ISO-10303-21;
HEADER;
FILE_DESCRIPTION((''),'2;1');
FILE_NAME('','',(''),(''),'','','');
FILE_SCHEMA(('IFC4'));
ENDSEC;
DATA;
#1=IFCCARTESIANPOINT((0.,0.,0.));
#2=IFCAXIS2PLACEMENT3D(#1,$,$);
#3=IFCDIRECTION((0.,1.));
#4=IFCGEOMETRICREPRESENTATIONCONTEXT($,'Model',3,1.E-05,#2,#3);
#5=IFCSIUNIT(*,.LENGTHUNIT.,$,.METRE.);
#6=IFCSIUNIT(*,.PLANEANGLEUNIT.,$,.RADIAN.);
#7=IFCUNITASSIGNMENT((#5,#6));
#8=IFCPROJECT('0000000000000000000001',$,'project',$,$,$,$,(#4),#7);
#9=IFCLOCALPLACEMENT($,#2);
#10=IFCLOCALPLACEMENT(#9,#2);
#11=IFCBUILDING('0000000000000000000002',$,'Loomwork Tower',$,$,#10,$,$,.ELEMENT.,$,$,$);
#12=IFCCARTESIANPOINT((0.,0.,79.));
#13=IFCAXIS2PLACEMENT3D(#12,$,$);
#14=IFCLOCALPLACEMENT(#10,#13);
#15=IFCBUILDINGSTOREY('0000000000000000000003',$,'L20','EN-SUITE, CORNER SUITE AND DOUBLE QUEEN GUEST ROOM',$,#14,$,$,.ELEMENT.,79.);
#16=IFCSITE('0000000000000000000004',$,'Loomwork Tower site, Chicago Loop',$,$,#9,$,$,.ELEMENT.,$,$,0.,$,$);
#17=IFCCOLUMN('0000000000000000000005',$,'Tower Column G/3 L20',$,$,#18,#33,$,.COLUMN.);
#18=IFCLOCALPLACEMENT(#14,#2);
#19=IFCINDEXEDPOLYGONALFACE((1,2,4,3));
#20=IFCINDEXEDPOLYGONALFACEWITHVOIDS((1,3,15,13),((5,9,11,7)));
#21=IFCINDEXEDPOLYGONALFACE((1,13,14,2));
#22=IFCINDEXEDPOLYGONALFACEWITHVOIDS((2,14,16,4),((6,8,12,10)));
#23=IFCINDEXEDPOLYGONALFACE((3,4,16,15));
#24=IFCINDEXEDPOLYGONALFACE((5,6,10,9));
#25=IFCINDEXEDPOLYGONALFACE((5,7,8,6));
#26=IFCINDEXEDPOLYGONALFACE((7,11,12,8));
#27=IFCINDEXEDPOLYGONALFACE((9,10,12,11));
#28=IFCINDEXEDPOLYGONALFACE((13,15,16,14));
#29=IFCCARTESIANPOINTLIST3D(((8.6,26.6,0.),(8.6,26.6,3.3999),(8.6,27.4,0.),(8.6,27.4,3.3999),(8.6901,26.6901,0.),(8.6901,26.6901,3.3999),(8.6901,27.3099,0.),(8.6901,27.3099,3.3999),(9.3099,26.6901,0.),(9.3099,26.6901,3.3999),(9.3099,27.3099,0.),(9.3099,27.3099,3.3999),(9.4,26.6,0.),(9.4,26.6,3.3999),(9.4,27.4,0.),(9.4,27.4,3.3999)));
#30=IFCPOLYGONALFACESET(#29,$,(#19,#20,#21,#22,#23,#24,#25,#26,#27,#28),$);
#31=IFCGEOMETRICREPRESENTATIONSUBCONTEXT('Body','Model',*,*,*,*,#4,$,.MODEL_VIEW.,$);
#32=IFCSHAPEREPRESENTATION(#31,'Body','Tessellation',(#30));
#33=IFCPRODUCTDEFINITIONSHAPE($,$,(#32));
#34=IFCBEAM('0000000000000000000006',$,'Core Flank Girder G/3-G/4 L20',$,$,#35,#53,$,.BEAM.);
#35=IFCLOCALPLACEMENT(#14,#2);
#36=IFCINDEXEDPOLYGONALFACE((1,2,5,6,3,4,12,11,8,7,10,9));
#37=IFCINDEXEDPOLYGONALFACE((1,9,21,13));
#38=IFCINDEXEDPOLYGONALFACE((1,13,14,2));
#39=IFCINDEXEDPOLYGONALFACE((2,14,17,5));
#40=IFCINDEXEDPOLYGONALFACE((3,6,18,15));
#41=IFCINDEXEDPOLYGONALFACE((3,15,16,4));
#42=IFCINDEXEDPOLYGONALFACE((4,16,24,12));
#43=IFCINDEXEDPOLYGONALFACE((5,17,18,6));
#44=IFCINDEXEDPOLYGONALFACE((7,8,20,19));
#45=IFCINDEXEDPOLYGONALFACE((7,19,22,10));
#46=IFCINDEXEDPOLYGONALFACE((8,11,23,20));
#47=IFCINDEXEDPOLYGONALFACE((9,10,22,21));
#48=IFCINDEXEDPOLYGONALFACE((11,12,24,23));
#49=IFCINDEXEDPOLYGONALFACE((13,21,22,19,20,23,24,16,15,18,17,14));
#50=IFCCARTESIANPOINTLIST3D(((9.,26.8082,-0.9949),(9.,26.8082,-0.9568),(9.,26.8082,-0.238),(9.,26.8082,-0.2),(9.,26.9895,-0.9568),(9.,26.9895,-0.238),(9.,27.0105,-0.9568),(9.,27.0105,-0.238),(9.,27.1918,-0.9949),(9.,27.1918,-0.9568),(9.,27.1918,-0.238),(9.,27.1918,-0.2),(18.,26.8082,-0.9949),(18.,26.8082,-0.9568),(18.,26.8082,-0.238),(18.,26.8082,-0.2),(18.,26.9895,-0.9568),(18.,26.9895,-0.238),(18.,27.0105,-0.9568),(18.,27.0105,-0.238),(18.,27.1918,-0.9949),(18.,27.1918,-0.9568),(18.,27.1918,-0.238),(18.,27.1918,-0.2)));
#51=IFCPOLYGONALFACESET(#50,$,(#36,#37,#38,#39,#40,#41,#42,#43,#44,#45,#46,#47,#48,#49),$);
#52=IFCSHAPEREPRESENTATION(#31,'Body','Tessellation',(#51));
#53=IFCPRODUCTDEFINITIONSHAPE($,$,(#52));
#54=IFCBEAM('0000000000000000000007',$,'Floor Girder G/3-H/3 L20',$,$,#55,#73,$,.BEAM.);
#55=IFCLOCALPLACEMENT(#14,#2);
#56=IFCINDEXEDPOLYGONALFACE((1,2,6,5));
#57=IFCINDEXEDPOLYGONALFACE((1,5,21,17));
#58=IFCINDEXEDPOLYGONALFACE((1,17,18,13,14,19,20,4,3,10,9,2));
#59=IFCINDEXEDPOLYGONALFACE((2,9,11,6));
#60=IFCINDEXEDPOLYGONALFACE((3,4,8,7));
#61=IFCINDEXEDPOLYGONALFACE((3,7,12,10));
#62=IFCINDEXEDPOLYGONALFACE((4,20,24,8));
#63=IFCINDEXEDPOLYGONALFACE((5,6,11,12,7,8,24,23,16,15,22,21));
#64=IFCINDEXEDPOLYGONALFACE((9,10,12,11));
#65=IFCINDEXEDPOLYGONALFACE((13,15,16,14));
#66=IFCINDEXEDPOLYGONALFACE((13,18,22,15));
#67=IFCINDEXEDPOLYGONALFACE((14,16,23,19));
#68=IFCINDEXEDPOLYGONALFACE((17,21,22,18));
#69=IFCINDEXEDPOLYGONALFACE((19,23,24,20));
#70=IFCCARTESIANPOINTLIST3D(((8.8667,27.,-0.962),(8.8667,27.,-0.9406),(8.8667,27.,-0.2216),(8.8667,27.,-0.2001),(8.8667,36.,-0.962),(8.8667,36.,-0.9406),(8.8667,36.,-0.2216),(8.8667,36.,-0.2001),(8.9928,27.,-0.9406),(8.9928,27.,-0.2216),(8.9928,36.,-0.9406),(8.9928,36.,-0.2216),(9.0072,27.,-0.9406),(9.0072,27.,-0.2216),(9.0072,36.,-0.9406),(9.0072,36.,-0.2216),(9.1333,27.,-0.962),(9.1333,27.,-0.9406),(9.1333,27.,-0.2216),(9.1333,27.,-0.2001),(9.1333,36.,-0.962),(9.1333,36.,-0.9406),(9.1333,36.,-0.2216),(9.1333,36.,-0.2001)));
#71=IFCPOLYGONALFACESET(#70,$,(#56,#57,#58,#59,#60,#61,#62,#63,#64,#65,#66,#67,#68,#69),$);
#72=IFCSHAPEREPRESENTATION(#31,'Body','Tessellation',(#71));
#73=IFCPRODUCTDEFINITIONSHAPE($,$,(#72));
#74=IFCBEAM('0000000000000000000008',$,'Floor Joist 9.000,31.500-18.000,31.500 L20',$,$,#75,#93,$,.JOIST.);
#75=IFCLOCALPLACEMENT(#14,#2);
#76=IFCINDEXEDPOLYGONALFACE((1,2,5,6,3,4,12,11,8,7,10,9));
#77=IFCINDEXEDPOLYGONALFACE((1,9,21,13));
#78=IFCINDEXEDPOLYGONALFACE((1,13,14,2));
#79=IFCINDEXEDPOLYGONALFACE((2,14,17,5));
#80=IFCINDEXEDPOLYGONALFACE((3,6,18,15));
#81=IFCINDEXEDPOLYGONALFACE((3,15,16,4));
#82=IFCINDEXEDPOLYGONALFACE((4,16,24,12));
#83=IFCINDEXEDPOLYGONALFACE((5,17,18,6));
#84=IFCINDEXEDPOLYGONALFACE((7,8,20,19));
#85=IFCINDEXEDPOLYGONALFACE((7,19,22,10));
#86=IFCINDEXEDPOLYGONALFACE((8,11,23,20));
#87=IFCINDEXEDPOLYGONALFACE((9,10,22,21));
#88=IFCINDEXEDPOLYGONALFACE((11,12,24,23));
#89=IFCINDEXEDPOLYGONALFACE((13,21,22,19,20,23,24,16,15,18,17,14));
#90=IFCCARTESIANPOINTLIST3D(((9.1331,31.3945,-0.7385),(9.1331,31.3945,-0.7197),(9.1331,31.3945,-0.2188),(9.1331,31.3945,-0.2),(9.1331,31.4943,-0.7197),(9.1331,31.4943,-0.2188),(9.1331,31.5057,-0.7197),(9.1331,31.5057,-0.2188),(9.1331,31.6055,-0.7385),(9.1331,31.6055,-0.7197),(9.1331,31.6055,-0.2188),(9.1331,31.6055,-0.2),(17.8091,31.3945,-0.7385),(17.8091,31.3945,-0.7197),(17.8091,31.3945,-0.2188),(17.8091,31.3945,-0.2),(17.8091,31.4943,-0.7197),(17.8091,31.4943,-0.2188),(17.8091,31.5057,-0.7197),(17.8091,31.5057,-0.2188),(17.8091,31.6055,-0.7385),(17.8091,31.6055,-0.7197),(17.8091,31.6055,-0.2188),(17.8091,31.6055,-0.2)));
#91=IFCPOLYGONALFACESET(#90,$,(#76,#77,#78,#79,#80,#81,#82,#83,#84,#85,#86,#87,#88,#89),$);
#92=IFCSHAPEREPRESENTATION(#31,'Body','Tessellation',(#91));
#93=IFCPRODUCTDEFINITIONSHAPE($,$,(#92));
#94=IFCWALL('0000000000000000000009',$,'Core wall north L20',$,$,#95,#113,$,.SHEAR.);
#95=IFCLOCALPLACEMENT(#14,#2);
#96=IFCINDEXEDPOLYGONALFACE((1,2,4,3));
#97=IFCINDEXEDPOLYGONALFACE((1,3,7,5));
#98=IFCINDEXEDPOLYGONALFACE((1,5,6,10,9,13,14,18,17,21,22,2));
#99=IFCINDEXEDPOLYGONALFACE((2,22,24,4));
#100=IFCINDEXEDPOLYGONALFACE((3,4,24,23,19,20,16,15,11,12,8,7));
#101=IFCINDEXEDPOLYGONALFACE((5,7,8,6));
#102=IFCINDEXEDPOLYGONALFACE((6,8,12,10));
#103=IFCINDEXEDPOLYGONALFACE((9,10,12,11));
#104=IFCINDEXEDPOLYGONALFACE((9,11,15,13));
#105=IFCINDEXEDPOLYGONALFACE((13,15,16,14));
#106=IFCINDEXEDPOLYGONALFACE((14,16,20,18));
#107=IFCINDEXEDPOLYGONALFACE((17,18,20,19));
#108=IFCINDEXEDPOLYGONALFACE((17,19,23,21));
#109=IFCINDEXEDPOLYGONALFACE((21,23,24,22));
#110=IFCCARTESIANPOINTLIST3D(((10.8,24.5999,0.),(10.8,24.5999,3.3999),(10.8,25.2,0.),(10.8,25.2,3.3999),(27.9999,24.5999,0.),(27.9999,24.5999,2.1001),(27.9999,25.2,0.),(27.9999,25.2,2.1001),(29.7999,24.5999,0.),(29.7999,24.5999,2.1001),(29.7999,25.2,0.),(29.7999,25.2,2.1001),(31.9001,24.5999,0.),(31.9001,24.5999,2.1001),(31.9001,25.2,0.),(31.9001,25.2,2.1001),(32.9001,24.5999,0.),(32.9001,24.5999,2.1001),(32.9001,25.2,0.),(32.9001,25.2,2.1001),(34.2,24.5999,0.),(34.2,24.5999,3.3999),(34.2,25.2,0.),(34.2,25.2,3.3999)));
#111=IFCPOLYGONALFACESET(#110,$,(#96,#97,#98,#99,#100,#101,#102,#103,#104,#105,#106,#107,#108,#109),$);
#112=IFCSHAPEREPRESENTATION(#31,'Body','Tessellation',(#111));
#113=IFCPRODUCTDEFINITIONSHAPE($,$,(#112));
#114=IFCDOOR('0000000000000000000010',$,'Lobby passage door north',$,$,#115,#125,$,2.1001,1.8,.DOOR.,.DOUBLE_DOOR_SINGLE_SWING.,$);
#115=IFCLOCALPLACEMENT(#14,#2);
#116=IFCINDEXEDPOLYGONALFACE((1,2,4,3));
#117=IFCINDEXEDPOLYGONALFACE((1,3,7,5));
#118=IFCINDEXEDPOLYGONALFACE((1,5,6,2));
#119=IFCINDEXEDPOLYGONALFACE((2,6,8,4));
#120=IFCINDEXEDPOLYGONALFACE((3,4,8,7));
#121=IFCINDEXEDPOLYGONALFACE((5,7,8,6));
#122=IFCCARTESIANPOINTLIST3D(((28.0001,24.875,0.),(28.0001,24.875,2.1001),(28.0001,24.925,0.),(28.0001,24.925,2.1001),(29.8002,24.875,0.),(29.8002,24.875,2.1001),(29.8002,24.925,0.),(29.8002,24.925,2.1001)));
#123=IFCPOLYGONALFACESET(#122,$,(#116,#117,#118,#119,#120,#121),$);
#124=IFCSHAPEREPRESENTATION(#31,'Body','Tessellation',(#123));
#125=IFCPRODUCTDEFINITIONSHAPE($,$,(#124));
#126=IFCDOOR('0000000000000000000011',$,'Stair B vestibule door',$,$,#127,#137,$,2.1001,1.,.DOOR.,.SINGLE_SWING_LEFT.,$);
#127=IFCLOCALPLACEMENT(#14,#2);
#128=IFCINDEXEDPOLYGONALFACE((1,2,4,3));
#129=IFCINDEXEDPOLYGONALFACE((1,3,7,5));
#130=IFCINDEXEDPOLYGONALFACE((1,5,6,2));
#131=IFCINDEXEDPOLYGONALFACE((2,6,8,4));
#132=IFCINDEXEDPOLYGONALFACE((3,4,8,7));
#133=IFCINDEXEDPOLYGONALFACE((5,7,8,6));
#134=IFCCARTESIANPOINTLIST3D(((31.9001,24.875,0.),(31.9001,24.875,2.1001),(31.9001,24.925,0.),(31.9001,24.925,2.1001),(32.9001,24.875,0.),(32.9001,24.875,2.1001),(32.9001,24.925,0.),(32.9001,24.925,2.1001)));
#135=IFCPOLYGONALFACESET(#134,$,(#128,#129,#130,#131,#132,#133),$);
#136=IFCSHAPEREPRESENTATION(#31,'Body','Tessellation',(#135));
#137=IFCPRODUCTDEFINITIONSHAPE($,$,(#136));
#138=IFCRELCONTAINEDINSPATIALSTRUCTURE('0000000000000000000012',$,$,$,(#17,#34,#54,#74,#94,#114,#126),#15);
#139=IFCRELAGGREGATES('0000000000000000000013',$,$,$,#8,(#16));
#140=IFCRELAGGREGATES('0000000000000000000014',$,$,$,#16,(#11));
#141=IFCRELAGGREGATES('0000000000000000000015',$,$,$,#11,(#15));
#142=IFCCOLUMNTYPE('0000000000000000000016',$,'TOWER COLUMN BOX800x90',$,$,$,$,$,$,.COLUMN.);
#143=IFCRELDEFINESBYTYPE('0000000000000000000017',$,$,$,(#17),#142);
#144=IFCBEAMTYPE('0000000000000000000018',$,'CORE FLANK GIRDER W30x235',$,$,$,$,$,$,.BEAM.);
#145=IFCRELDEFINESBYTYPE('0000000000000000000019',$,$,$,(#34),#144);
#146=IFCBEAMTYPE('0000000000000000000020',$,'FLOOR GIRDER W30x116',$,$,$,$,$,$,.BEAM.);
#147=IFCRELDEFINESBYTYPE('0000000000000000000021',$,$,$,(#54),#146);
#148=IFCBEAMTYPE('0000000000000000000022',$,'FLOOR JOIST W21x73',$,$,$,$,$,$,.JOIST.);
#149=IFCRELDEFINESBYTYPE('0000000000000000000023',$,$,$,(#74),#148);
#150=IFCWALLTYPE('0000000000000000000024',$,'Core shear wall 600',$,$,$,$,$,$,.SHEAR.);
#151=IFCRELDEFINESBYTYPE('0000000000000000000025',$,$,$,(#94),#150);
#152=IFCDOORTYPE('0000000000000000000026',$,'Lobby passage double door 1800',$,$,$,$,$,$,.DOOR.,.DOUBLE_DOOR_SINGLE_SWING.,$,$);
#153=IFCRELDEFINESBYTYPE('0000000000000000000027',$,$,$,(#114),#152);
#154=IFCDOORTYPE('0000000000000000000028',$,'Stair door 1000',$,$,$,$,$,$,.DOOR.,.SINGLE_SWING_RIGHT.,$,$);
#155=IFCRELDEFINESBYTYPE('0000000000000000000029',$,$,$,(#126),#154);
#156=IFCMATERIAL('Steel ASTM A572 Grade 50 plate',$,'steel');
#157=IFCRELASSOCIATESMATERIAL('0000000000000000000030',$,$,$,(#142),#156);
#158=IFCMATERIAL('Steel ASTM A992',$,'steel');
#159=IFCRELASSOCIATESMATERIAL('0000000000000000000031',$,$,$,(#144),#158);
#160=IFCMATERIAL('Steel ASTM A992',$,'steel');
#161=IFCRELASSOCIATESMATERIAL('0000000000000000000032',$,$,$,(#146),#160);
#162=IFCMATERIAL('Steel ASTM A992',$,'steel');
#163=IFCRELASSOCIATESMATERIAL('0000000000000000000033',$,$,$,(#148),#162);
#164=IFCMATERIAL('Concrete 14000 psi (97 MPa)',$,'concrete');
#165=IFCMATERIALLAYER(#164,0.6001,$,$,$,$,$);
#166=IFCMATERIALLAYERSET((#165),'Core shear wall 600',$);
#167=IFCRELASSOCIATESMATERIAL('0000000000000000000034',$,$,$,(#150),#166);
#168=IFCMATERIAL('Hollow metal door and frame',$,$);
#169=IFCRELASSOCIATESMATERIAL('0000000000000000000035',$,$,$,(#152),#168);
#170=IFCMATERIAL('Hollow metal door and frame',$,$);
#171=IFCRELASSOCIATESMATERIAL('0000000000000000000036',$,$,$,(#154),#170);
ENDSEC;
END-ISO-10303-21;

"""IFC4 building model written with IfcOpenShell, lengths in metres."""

from ifc_helpers import new_model, si_unit, direction, frame, frame_2d, origin, origin_2d, place, context, subcontext, project, spatial, rectangle, hollow_rectangle, i_section, extrude, material, layer, layer_set, material_profile, profile_set, type_object, element, fill, save


model = new_model("IFC4")

# Units and contexts
model_context = context("Model", 3, precision=1e-05, world=origin(), true_north=direction((0.0, 1.0)))
body_context = subcontext(model_context, "Body", "Model", "MODEL_VIEW")
ifc_project = project(units=[si_unit("LENGTHUNIT", "METRE"), si_unit("PLANEANGLEUNIT", "RADIAN")], contexts=[model_context])

# Site, building, storey
site_placement = place(None, origin())
site = spatial("IfcSite", under=ifc_project, at=site_placement, Name="Loomwork Tower site, Chicago Loop", CompositionType="ELEMENT", RefElevation=0.0)
building_placement = place(site_placement, origin())
building = spatial("IfcBuilding", under=site, at=building_placement, Name="Loomwork Tower", CompositionType="ELEMENT")
storey_placement = place(building_placement, frame((0.0, 0.0, 79.0)))
storey = spatial("IfcBuildingStorey", under=building, at=storey_placement, Name="L20", Description="EN-SUITE, CORNER SUITE AND DOUBLE QUEEN GUEST ROOM", CompositionType="ELEMENT", Elevation=79.0)

# Column
ifc_material_1 = material(Name="Steel ASTM A572 Grade 50 plate", Category="steel")
ifc_material_profile_1 = material_profile(ifc_material_1, hollow_rectangle(XDim=0.8, YDim=0.8, WallThickness=0.0901, at=origin_2d()), Name="BOX800x90")
ifc_profile_set_1 = profile_set([ifc_material_profile_1], Name="Steel ASTM A572 Grade 50 plate")
column_type = type_object("IfcColumnType", Name="TOWER COLUMN BOX800x90", PredefinedType="COLUMN", material=ifc_profile_set_1)
column_placement = place(storey_placement, frame((9.0, 27.0, 0.0), z_axis=(0.0, 0.0, 1.0), x_axis=(1.0, 0.0, 0.0)))
element("IfcColumn", 1, at=column_placement, inside=storey, type_object=column_type, Name="Tower Column G/3 L20", PredefinedType="COLUMN", context=body_context, shape_type="SweptSolid", body=[
    extrude(hollow_rectangle(XDim=0.8, YDim=0.8, WallThickness=0.0901, at=origin_2d()), origin(), (0.0, 0.0, 1.0), 3.3999),
])

# Beams
ifc_material_2 = material(Name="Steel ASTM A992", Category="steel")
ifc_material_profile_2 = material_profile(ifc_material_2, i_section(OverallWidth=0.3835, OverallDepth=0.7949, WebThickness=0.021, FlangeThickness=0.0381, at=origin_2d()), Name="W30x235")
ifc_profile_set_2 = profile_set([ifc_material_profile_2], Name="Steel ASTM A992")
beam_type_1 = type_object("IfcBeamType", Name="CORE FLANK GIRDER W30x235", PredefinedType="BEAM", material=ifc_profile_set_2)
beam_1_placement = place(storey_placement, frame((9.0, 27.0, -0.5974), z_axis=(1.0, 0.0, 0.0), x_axis=(0.0, 1.0, 0.0)))
element("IfcBeam", 2, at=beam_1_placement, inside=storey, type_object=beam_type_1, Name="Core Flank Girder G/3-G/4 L20", PredefinedType="BEAM", context=body_context, shape_type="SweptSolid", body=[
    extrude(i_section(OverallWidth=0.3835, OverallDepth=0.7949, WebThickness=0.021, FlangeThickness=0.0381, at=origin_2d()), origin(), (0.0, 0.0, 1.0), 9.0),
])
ifc_material_3 = material(Name="Steel ASTM A992", Category="steel")
ifc_material_profile_3 = material_profile(ifc_material_3, i_section(OverallWidth=0.2666, OverallDepth=0.762, WebThickness=0.0144, FlangeThickness=0.0215, at=origin_2d()), Name="W30x116")
ifc_profile_set_3 = profile_set([ifc_material_profile_3], Name="Steel ASTM A992")
beam_type_2 = type_object("IfcBeamType", Name="FLOOR GIRDER W30x116", PredefinedType="BEAM", material=ifc_profile_set_3)
beam_2_placement = place(storey_placement, frame((9.0, 27.0, -0.5811), z_axis=(0.0, 1.0, 0.0), x_axis=(-1.0, 0.0, 0.0)))
element("IfcBeam", 3, at=beam_2_placement, inside=storey, type_object=beam_type_2, Name="Floor Girder G/3-H/3 L20", PredefinedType="BEAM", context=body_context, shape_type="SweptSolid", body=[
    extrude(i_section(OverallWidth=0.2666, OverallDepth=0.762, WebThickness=0.0144, FlangeThickness=0.0215, at=origin_2d()), origin(), (0.0, 0.0, 1.0), 9.0),
])
ifc_material_4 = material(Name="Steel ASTM A992", Category="steel")
ifc_material_profile_4 = material_profile(ifc_material_4, i_section(OverallWidth=0.2109, OverallDepth=0.5386, WebThickness=0.0115, FlangeThickness=0.0188, at=origin_2d()), Name="W21x73")
ifc_profile_set_4 = profile_set([ifc_material_profile_4], Name="Steel ASTM A992")
beam_type_3 = type_object("IfcBeamType", Name="FLOOR JOIST W21x73", PredefinedType="JOIST", material=ifc_profile_set_4)
beam_3_placement = place(storey_placement, frame((9.1331, 31.5, -0.4692), z_axis=(1.0, 0.0, 0.0), x_axis=(0.0, 1.0, 0.0)))
element("IfcBeam", 4, at=beam_3_placement, inside=storey, type_object=beam_type_3, Name="Floor Joist 9.000,31.500-18.000,31.500 L20", PredefinedType="JOIST", context=body_context, shape_type="SweptSolid", body=[
    extrude(i_section(OverallWidth=0.2109, OverallDepth=0.5386, WebThickness=0.0115, FlangeThickness=0.0188, at=origin_2d()), origin(), (0.0, 0.0, 1.0), 8.676),
])

# Wall, openings, doors
ifc_material_5 = material(Name="Concrete 14000 psi (97 MPa)", Category="concrete")
ifc_layer_1 = layer(ifc_material_5, 0.6001)
ifc_layer_set_1 = layer_set([ifc_layer_1], Name="Core shear wall 600")
wall_type_1 = type_object("IfcWallType", Name="Core shear wall 600", PredefinedType="SHEAR", material=ifc_layer_set_1)
wall_1_placement = place(storey_placement, frame((10.8, 24.8999, 0.0), z_axis=(0.0, 0.0, 1.0), x_axis=(1.0, 0.0, 0.0)))
wall_1 = element("IfcWall", 5, at=wall_1_placement, inside=storey, type_object=wall_type_1, Name="Core wall north L20", PredefinedType="SHEAR", context=body_context, shape_type="SweptSolid", body=[
    extrude(rectangle(XDim=23.3999, YDim=0.6001, at=frame_2d((11.7, 0.0))), origin(), (0.0, 0.0, 1.0), 3.3999),
])
opening_1_placement = place(wall_1_placement, frame((17.2, 0.0, 0.0)))
opening_1 = element("IfcOpeningElement", 6, at=opening_1_placement, cuts=wall_1, PredefinedType="OPENING", context=body_context, shape_type="SweptSolid", body=[
    extrude(rectangle(XDim=1.8, YDim=2.1001, at=frame_2d((0.8999, 1.05))), frame((0.0, 0.3101, 0.0), z_axis=(0.0, -1.0, 0.0), x_axis=(1.0, 0.0, 0.0)), (0.0, 0.0, 1.0), 0.6201),
])
opening_2_placement = place(wall_1_placement, frame((21.1001, 0.0, 0.0)))
opening_2 = element("IfcOpeningElement", 7, at=opening_2_placement, cuts=wall_1, PredefinedType="OPENING", context=body_context, shape_type="SweptSolid", body=[
    extrude(rectangle(XDim=1.0, YDim=2.1001, at=frame_2d((0.5, 1.05))), frame((0.0, 0.3101, 0.0), z_axis=(0.0, -1.0, 0.0), x_axis=(1.0, 0.0, 0.0)), (0.0, 0.0, 1.0), 0.6201),
])
ifc_material_6 = material(Name="Hollow metal door and frame")
door_type_1 = type_object("IfcDoorType", Name="Lobby passage double door 1800", OperationType="DOUBLE_DOOR_SINGLE_SWING", PredefinedType="DOOR", material=ifc_material_6)
door_1_placement = place(opening_1_placement, frame((1.8, 0.0, 0.0), z_axis=(0.0, 0.0, 1.0), x_axis=(-1.0, 0.0, 0.0)))
door_1 = element("IfcDoor", 8, at=door_1_placement, inside=storey, type_object=door_type_1, Name="Lobby passage door north", OperationType="DOUBLE_DOOR_SINGLE_SWING", OverallHeight=2.1001, OverallWidth=1.8, PredefinedType="DOOR", context=body_context, shape_type="SweptSolid", body=[
    extrude(rectangle(XDim=1.8, YDim=2.1001, at=frame_2d((0.8999, 1.05))), frame((0.0, 0.0249, 0.0), z_axis=(0.0, -1.0, 0.0), x_axis=(1.0, 0.0, 0.0)), (0.0, 0.0, 1.0), 0.05),
])
fill(opening_1, door_1)
ifc_material_7 = material(Name="Hollow metal door and frame")
door_type_2 = type_object("IfcDoorType", Name="Stair door 1000", OperationType="SINGLE_SWING_RIGHT", PredefinedType="DOOR", material=ifc_material_7)
door_2_placement = place(opening_2_placement, frame((1.0, 0.0, 0.0), z_axis=(0.0, 0.0, 1.0), x_axis=(-1.0, 0.0, 0.0)))
door_2 = element("IfcDoor", 9, at=door_2_placement, inside=storey, type_object=door_type_2, Name="Stair B vestibule door", OperationType="SINGLE_SWING_LEFT", OverallHeight=2.1001, OverallWidth=1.0, PredefinedType="DOOR", context=body_context, shape_type="SweptSolid", body=[
    extrude(rectangle(XDim=1.0, YDim=2.1001, at=frame_2d((0.5, 1.05))), frame((0.0, 0.0249, 0.0), z_axis=(0.0, -1.0, 0.0), x_axis=(1.0, 0.0, 0.0)), (0.0, 0.0, 1.0), 0.05),
])
fill(opening_2, door_2)

save(model, "model.ifc")
